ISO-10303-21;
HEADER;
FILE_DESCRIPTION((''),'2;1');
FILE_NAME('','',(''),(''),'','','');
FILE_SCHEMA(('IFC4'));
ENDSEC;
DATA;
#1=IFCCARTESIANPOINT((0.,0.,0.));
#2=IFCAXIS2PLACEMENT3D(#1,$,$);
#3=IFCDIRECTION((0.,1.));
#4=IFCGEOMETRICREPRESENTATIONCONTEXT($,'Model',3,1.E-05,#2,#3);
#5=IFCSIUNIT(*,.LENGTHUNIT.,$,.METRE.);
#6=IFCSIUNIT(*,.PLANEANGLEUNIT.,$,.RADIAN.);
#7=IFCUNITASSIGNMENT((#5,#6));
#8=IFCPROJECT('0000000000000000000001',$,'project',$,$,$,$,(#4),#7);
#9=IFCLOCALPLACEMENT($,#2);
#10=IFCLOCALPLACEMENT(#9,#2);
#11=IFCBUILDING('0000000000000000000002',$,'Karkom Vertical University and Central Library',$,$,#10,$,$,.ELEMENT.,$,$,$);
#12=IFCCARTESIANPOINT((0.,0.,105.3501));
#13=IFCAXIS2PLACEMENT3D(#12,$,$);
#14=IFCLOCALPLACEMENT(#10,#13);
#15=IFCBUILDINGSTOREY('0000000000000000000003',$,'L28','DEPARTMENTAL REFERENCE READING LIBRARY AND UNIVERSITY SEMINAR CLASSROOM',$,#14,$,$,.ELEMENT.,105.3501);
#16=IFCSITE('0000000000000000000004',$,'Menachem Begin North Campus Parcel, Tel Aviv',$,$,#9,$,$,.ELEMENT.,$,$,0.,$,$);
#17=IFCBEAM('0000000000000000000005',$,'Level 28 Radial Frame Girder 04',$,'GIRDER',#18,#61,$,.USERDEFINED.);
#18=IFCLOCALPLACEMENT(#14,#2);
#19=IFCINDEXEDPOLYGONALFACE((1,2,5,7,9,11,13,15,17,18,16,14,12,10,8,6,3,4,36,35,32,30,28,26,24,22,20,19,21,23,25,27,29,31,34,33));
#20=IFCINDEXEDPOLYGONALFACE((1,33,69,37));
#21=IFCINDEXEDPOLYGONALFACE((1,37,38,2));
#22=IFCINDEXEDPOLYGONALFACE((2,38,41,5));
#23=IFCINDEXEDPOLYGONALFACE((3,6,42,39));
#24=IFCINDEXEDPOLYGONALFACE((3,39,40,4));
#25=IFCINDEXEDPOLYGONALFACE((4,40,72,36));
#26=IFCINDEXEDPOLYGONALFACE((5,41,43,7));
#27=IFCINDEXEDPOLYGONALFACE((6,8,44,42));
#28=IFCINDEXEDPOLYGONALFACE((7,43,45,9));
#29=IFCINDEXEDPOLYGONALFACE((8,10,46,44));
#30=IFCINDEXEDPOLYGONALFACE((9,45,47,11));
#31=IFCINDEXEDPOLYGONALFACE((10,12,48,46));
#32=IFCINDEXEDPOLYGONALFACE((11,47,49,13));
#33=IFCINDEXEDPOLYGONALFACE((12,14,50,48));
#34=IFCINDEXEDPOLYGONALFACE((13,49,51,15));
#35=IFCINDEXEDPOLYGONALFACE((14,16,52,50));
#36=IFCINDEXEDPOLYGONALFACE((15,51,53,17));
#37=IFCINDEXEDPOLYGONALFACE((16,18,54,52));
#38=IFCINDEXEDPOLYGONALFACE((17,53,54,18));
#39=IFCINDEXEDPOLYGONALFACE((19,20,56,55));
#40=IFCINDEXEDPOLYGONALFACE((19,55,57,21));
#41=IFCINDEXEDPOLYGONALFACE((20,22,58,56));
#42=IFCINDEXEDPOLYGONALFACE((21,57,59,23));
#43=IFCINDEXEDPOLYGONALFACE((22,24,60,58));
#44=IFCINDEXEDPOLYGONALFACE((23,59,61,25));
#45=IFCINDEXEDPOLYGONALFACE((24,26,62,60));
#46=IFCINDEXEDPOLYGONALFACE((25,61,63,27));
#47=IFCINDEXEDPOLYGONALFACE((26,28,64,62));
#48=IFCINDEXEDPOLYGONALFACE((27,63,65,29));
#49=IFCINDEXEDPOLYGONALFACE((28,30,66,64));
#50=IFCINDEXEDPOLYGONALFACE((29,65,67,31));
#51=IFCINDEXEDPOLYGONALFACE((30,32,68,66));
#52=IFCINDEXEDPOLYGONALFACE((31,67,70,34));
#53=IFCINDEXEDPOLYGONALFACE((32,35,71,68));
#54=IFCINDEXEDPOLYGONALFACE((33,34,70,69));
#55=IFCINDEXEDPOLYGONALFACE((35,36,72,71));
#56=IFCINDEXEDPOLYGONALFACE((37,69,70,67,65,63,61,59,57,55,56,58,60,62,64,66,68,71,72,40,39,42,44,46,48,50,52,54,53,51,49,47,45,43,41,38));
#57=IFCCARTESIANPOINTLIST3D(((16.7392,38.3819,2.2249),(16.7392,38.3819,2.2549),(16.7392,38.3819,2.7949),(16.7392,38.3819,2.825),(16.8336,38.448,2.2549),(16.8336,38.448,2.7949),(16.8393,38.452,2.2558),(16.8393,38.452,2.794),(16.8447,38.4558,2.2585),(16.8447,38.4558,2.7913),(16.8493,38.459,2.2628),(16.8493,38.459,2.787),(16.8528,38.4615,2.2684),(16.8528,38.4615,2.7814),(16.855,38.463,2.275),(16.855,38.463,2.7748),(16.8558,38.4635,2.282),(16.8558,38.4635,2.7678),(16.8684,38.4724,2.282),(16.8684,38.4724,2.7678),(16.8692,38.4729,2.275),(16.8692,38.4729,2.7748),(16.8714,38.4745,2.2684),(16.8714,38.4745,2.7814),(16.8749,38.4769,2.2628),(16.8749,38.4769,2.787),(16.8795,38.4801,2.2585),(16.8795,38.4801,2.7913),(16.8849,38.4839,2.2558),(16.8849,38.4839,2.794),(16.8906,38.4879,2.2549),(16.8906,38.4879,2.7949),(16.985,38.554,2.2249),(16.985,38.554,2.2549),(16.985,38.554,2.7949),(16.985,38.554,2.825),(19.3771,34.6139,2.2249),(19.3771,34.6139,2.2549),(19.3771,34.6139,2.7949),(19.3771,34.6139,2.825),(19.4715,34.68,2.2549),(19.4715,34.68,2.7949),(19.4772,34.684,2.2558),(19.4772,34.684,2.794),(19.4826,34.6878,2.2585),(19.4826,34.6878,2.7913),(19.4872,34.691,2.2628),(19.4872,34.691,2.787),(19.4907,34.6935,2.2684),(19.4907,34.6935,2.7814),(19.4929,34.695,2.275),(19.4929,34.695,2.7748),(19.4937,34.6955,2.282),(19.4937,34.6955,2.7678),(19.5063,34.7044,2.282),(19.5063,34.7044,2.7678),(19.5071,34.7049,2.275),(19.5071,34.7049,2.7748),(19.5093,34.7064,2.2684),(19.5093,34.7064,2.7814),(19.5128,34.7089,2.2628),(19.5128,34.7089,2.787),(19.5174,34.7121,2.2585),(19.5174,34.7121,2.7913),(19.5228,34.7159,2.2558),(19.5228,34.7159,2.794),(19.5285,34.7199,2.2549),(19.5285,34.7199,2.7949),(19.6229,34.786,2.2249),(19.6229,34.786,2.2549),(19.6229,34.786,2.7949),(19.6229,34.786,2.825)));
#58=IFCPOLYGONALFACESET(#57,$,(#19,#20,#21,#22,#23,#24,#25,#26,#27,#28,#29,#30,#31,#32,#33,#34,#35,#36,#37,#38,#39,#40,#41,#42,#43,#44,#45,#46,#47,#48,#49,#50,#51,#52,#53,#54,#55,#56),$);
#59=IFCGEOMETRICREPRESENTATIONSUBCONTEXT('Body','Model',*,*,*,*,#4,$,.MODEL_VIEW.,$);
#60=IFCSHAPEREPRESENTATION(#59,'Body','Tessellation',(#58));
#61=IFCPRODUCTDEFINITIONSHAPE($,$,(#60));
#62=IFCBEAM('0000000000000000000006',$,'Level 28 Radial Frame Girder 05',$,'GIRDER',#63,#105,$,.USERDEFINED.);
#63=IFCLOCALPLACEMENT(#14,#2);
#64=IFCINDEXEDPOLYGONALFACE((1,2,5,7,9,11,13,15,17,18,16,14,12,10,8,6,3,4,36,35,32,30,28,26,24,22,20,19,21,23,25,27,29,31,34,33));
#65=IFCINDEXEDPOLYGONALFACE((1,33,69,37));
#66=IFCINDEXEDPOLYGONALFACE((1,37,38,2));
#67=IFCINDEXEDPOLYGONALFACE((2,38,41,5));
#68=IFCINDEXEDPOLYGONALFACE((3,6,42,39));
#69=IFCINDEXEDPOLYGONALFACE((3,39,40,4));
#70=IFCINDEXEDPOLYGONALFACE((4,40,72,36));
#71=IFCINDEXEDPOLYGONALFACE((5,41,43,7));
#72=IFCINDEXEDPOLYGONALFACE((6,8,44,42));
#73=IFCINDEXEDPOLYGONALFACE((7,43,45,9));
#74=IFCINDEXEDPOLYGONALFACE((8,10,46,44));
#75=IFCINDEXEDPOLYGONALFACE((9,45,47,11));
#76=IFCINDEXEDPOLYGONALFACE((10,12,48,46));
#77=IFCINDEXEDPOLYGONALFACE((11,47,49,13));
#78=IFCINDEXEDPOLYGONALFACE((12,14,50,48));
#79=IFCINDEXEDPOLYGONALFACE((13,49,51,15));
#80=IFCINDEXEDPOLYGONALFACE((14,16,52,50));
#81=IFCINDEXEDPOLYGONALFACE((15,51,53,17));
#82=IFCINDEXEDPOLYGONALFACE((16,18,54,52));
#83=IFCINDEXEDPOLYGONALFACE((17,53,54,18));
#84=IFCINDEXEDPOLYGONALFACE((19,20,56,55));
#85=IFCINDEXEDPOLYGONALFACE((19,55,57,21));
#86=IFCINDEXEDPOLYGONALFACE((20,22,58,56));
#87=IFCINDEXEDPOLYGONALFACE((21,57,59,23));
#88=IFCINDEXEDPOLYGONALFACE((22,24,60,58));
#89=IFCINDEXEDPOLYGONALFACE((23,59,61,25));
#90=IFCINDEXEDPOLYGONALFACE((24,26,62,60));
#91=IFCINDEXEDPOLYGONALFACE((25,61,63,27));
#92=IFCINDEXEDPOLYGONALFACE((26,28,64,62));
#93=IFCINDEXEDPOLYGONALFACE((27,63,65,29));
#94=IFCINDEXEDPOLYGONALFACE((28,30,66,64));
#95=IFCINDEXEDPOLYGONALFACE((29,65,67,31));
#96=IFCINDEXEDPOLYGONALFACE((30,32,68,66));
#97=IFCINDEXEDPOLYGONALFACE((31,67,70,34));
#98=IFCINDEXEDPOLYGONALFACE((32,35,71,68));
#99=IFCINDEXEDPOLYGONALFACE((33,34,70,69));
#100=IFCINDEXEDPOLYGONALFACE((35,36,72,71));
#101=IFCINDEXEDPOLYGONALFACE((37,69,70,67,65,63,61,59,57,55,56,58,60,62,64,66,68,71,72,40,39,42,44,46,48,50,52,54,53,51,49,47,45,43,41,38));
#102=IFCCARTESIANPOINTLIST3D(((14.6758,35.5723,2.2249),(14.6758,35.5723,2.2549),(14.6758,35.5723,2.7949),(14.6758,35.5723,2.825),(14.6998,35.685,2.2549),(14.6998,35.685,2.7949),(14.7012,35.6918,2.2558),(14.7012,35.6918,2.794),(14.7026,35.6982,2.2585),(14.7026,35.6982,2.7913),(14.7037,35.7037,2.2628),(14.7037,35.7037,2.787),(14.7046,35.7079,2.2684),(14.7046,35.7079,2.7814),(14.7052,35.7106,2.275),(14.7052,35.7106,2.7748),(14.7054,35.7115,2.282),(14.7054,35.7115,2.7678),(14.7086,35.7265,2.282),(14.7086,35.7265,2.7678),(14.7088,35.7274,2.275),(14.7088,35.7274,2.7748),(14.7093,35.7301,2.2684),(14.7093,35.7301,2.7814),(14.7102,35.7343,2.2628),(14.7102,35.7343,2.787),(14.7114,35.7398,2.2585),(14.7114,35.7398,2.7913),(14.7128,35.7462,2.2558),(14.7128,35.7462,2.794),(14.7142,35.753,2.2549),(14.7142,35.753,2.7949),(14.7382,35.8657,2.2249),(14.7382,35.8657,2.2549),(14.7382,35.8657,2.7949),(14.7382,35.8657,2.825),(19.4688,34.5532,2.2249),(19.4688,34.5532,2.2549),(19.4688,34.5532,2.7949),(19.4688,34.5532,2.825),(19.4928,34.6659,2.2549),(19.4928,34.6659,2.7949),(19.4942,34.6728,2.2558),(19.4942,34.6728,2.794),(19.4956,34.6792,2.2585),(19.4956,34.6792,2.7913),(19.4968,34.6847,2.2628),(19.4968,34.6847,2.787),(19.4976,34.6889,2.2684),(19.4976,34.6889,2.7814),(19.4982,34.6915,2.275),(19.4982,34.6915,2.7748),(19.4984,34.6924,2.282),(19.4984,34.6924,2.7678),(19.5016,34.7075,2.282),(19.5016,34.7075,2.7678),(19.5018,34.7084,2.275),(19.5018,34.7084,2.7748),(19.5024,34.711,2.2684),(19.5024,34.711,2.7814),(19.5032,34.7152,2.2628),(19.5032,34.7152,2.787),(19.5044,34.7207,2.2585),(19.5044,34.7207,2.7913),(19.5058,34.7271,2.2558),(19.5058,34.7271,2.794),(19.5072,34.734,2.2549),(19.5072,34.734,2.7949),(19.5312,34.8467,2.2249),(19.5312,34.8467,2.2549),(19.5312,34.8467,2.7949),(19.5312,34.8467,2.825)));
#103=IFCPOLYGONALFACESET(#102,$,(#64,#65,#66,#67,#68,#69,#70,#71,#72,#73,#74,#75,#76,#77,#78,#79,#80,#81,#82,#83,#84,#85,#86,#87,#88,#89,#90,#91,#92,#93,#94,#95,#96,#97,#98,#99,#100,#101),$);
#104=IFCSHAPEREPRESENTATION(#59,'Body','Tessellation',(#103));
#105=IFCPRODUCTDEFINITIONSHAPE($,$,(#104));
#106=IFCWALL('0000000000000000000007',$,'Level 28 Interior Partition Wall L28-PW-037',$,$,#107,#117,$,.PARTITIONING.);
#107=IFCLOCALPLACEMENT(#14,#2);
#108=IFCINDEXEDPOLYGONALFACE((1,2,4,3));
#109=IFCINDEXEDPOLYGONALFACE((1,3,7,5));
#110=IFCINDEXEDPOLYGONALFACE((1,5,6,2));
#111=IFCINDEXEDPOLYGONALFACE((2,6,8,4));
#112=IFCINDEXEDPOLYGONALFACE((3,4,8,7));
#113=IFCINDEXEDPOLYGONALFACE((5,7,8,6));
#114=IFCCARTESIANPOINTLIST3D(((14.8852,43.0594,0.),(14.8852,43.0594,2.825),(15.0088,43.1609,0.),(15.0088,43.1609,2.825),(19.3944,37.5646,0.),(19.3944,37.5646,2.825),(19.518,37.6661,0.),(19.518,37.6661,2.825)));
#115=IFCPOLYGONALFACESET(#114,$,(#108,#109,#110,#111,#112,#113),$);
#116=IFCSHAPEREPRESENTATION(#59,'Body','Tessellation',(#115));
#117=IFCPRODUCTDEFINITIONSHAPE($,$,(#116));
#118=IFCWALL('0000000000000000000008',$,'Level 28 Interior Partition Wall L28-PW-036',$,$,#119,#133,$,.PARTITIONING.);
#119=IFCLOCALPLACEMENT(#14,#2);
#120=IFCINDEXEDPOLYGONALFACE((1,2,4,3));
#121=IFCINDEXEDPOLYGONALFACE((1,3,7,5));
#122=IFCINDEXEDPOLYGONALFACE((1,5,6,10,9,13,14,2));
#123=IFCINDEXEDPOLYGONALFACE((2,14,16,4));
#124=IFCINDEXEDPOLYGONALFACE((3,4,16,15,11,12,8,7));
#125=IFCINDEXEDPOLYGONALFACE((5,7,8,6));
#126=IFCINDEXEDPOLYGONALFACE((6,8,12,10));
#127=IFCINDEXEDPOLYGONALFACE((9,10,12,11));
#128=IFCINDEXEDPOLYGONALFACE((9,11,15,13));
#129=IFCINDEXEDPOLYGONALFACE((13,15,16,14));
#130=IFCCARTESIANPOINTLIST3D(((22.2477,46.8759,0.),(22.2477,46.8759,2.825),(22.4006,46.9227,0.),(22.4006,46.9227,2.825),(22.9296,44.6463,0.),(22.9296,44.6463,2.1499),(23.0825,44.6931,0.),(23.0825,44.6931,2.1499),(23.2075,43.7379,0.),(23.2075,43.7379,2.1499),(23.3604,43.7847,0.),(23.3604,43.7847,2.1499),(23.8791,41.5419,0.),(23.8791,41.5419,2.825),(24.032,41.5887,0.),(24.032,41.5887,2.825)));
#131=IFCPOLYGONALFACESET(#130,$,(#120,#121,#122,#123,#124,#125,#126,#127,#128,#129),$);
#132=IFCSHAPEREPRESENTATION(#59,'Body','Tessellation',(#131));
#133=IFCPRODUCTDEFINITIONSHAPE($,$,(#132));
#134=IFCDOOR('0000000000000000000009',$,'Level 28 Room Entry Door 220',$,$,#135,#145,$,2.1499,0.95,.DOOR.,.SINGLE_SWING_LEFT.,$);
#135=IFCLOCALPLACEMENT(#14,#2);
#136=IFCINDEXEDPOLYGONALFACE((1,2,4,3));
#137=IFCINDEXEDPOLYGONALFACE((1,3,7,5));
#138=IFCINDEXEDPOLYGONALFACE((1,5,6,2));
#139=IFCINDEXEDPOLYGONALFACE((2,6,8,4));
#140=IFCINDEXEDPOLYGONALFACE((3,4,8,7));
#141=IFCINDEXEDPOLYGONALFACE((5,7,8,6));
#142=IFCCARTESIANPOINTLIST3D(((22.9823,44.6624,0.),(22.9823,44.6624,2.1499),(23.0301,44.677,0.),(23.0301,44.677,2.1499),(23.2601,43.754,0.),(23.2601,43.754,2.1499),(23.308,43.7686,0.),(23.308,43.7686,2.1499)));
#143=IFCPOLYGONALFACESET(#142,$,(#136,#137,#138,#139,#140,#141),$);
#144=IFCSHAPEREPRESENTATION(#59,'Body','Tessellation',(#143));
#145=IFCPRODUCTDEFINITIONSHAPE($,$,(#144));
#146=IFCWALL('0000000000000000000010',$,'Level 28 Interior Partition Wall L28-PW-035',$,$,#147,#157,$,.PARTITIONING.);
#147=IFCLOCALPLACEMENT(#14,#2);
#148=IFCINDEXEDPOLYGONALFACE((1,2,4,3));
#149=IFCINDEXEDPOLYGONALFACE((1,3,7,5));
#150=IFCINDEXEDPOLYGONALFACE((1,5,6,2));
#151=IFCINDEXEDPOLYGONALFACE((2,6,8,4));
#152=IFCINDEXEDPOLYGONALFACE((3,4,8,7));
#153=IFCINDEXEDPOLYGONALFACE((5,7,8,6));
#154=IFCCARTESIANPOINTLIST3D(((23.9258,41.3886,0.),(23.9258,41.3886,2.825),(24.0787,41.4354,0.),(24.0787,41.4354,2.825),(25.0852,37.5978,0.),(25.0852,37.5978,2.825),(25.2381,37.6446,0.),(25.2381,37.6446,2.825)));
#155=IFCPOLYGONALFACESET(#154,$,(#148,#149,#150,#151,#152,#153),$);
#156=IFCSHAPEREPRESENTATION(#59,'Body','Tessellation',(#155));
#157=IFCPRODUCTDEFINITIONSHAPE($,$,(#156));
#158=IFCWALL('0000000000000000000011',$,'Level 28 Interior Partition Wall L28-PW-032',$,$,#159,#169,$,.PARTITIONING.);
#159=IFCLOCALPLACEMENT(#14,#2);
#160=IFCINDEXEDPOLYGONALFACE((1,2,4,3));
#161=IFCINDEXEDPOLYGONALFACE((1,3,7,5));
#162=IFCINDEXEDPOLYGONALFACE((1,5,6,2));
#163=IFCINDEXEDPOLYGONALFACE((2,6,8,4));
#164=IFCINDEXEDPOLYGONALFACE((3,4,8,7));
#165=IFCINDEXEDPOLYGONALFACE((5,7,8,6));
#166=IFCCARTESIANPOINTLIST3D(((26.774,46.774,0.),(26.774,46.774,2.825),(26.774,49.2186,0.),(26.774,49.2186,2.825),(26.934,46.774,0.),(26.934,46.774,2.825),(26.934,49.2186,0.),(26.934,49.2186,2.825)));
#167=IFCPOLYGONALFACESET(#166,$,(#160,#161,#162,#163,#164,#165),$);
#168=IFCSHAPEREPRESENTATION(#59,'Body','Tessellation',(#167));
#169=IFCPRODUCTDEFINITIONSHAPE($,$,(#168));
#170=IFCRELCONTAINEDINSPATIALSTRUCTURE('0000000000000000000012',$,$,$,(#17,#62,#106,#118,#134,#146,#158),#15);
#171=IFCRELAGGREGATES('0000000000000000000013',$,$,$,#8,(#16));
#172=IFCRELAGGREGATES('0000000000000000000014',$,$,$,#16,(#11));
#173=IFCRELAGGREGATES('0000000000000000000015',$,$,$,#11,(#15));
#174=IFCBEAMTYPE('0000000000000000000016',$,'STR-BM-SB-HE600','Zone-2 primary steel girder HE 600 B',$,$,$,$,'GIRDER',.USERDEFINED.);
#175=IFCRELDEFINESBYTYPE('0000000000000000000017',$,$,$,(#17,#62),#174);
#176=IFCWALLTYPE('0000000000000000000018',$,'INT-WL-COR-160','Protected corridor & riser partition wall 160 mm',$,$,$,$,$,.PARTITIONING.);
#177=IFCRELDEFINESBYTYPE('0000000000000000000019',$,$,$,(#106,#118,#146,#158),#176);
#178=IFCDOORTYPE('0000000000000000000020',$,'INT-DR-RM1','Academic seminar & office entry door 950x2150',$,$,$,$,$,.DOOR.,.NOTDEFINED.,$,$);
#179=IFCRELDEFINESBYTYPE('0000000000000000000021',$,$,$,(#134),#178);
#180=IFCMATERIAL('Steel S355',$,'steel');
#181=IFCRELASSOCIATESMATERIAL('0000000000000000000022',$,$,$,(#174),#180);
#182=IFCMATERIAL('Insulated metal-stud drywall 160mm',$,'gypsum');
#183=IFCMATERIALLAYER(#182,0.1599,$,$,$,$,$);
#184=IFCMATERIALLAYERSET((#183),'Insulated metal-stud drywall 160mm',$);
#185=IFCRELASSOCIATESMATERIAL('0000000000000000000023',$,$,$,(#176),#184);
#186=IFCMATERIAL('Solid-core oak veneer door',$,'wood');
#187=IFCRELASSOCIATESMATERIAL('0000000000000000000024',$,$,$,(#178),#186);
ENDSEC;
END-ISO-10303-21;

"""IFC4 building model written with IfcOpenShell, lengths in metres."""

from ifc_helpers import new_model, si_unit, direction, frame, frame_2d, origin, origin_with_axes, origin_2d, place, context, subcontext, project, spatial, rectangle, i_section, extrude, source, transform, mapped, material, layer, layer_set, material_profile, profile_set, type_object, element, fill, save


model = new_model("IFC4")

# Units and contexts
model_context = context("Model", 3, precision=1e-05, world=origin(), true_north=direction((0.0, 1.0)))
body_context = subcontext(model_context, "Body", "Model", "MODEL_VIEW")
ifc_project = project(units=[si_unit("LENGTHUNIT", "METRE"), si_unit("PLANEANGLEUNIT", "RADIAN")], contexts=[model_context])

# Site, building, storey
site_placement = place(None, origin())
site = spatial("IfcSite", under=ifc_project, at=site_placement, Name="Menachem Begin North Campus Parcel, Tel Aviv", CompositionType="ELEMENT", RefElevation=0.0)
building_placement = place(site_placement, origin())
building = spatial("IfcBuilding", under=site, at=building_placement, Name="Karkom Vertical University and Central Library", CompositionType="ELEMENT")
storey_placement = place(building_placement, frame((0.0, 0.0, 105.3501)))
storey = spatial("IfcBuildingStorey", under=building, at=storey_placement, Name="L28", Description="DEPARTMENTAL REFERENCE READING LIBRARY AND UNIVERSITY SEMINAR CLASSROOM", CompositionType="ELEMENT", Elevation=105.3501)

# Beams
ifc_material_1 = material(Name="Steel S355", Category="steel")
ifc_material_profile_1 = material_profile(ifc_material_1, i_section(OverallWidth=0.3, OverallDepth=0.6001, WebThickness=0.0154, FlangeThickness=0.03, FilletRadius=0.0271, at=origin_2d()), Name="HE 600 B")
ifc_profile_set_1 = profile_set([ifc_material_profile_1], Name="Steel S355")
beam_type_1 = type_object("IfcBeamType", Name="STR-BM-SB-HE600", Description="Zone-2 primary steel girder HE 600 B", ElementType="GIRDER", PredefinedType="USERDEFINED", material=ifc_profile_set_1)
shared_shape_1 = source(origin_with_axes(), body_context, "Body", "SweptSolid", [
    extrude(i_section(OverallWidth=0.3, OverallDepth=0.6001, WebThickness=0.0154, FlangeThickness=0.03, FilletRadius=0.0271, at=origin_2d()), origin(), (0.0, 0.0, 1.0), 4.5996),
])
beam_1_placement = place(storey_placement, frame((19.5, 34.7, 2.5249), z_axis=(-0.573505, 0.819202, 0.0), x_axis=(-0.819202, -0.573505, 0.0)))
element("IfcBeam", 1, at=beam_1_placement, inside=storey, type_object=beam_type_1, Name="Level 28 Radial Frame Girder 04", ObjectType="GIRDER", PredefinedType="USERDEFINED", context=body_context, shape_type="MappedRepresentation", body=[
    mapped(shared_shape_1, transform((0.0, 0.0, 0.0), scale=1.0)),
])
shared_shape_2 = source(origin_with_axes(), body_context, "Body", "SweptSolid", [
    extrude(i_section(OverallWidth=0.3, OverallDepth=0.6001, WebThickness=0.0154, FlangeThickness=0.03, FilletRadius=0.0271, at=origin_2d()), origin(), (0.0, 0.0, 1.0), 4.9001),
])
beam_2_placement = place(storey_placement, frame((19.5, 34.7, 2.5249), z_axis=(-0.978137, 0.207964, 0.0), x_axis=(-0.207964, -0.978137, 0.0)))
element("IfcBeam", 2, at=beam_2_placement, inside=storey, type_object=beam_type_1, Name="Level 28 Radial Frame Girder 05", ObjectType="GIRDER", PredefinedType="USERDEFINED", context=body_context, shape_type="MappedRepresentation", body=[
    mapped(shared_shape_2, transform((0.0, 0.0, 0.0), scale=1.0)),
])

# Wall
ifc_material_2 = material(Name="Insulated metal-stud drywall 160mm", Category="gypsum")
ifc_layer_1 = layer(ifc_material_2, 0.1599)
ifc_layer_set_1 = layer_set([ifc_layer_1], Name="Insulated metal-stud drywall 160mm")
wall_type_1 = type_object("IfcWallType", Name="INT-WL-COR-160", Description="Protected corridor & riser partition wall 160 mm", PredefinedType="PARTITIONING", material=ifc_layer_set_1)
wall_1_placement = place(storey_placement, frame((19.4563, 37.6152, 0.0), z_axis=(0.0, 0.0, 1.0), x_axis=(-0.634372, 0.773028, 0.0)))
element("IfcWall", 3, at=wall_1_placement, inside=storey, type_object=wall_type_1, Name="Level 28 Interior Partition Wall L28-PW-037", PredefinedType="PARTITIONING", context=body_context, shape_type="SweptSolid", body=[
    extrude(rectangle(XDim=7.1082, YDim=0.1599, at=frame_2d((3.5542, 0.0))), origin(), (0.0, 0.0, 1.0), 2.825),
])

# Wall, opening, door
wall_2_placement = place(storey_placement, frame((23.9556, 41.5652, 0.0), z_axis=(0.0, 0.0, 1.0), x_axis=(-0.292468, 0.956275, 0.0)))
wall_2 = element("IfcWall", 4, at=wall_2_placement, inside=storey, type_object=wall_type_1, Name="Level 28 Interior Partition Wall L28-PW-036", PredefinedType="PARTITIONING", context=body_context, shape_type="SweptSolid", body=[
    extrude(rectangle(XDim=5.5779, YDim=0.1599, at=frame_2d((2.7891, 0.0))), origin(), (0.0, 0.0, 1.0), 2.825),
])
opening_1_placement = place(wall_2_placement, frame((2.2964, 0.0, 0.0)))
opening_1 = element("IfcOpeningElement", 5, at=opening_1_placement, cuts=wall_2, PredefinedType="OPENING", context=body_context, shape_type="SweptSolid", body=[
    extrude(rectangle(XDim=0.95, YDim=2.1499, at=frame_2d((0.4751, 1.075))), frame((0.0, 0.0898, 0.0), z_axis=(0.0, -1.0, 0.0), x_axis=(1.0, 0.0, 0.0)), (0.0, 0.0, 1.0), 0.1799),
])
ifc_material_3 = material(Name="Solid-core oak veneer door", Category="wood")
door_type_1 = type_object("IfcDoorType", Name="INT-DR-RM1", Description="Academic seminar & office entry door 950x2150", OperationType="NOTDEFINED", PredefinedType="DOOR", material=ifc_material_3)
shared_shape_3 = source(origin_with_axes(), body_context, "Body", "SweptSolid", [
    extrude(rectangle(XDim=0.95, YDim=2.1499, at=frame_2d((0.4751, 1.075))), frame((0.0, 0.0249, 0.0), z_axis=(0.0, -1.0, 0.0), x_axis=(1.0, 0.0, 0.0)), (0.0, 0.0, 1.0), 0.05),
])
door_1_placement = place(opening_1_placement, origin())
door_1 = element("IfcDoor", 6, at=door_1_placement, inside=storey, type_object=door_type_1, Name="Level 28 Room Entry Door 220", OperationType="SINGLE_SWING_LEFT", OverallHeight=2.1499, OverallWidth=0.95, PredefinedType="DOOR", context=body_context, shape_type="MappedRepresentation", body=[
    mapped(shared_shape_3, transform((0.0, 0.0, 0.0), scale=1.0)),
])
fill(opening_1, door_1)

# Walls
wall_3_placement = place(storey_placement, frame((25.1616, 37.6213, 0.0), z_axis=(0.0, 0.0, 1.0), x_axis=(-0.29248, 0.956272, 0.0)))
element("IfcWall", 7, at=wall_3_placement, inside=storey, type_object=wall_type_1, Name="Level 28 Interior Partition Wall L28-PW-035", PredefinedType="PARTITIONING", context=body_context, shape_type="SweptSolid", body=[
    extrude(rectangle(XDim=3.9641, YDim=0.1599, at=frame_2d((1.9819, 0.0))), origin(), (0.0, 0.0, 1.0), 2.825),
])
wall_4_placement = place(storey_placement, frame((26.854, 49.2185, 0.0), z_axis=(0.0, 0.0, 1.0), x_axis=(0.0, -1.0, 0.0)))
element("IfcWall", 8, at=wall_4_placement, inside=storey, type_object=wall_type_1, Name="Level 28 Interior Partition Wall L28-PW-032", PredefinedType="PARTITIONING", context=body_context, shape_type="SweptSolid", body=[
    extrude(rectangle(XDim=2.4446, YDim=0.1599, at=frame_2d((1.2222, 0.0))), origin(), (0.0, 0.0, 1.0), 2.825),
])

save(model, "model.ifc")
